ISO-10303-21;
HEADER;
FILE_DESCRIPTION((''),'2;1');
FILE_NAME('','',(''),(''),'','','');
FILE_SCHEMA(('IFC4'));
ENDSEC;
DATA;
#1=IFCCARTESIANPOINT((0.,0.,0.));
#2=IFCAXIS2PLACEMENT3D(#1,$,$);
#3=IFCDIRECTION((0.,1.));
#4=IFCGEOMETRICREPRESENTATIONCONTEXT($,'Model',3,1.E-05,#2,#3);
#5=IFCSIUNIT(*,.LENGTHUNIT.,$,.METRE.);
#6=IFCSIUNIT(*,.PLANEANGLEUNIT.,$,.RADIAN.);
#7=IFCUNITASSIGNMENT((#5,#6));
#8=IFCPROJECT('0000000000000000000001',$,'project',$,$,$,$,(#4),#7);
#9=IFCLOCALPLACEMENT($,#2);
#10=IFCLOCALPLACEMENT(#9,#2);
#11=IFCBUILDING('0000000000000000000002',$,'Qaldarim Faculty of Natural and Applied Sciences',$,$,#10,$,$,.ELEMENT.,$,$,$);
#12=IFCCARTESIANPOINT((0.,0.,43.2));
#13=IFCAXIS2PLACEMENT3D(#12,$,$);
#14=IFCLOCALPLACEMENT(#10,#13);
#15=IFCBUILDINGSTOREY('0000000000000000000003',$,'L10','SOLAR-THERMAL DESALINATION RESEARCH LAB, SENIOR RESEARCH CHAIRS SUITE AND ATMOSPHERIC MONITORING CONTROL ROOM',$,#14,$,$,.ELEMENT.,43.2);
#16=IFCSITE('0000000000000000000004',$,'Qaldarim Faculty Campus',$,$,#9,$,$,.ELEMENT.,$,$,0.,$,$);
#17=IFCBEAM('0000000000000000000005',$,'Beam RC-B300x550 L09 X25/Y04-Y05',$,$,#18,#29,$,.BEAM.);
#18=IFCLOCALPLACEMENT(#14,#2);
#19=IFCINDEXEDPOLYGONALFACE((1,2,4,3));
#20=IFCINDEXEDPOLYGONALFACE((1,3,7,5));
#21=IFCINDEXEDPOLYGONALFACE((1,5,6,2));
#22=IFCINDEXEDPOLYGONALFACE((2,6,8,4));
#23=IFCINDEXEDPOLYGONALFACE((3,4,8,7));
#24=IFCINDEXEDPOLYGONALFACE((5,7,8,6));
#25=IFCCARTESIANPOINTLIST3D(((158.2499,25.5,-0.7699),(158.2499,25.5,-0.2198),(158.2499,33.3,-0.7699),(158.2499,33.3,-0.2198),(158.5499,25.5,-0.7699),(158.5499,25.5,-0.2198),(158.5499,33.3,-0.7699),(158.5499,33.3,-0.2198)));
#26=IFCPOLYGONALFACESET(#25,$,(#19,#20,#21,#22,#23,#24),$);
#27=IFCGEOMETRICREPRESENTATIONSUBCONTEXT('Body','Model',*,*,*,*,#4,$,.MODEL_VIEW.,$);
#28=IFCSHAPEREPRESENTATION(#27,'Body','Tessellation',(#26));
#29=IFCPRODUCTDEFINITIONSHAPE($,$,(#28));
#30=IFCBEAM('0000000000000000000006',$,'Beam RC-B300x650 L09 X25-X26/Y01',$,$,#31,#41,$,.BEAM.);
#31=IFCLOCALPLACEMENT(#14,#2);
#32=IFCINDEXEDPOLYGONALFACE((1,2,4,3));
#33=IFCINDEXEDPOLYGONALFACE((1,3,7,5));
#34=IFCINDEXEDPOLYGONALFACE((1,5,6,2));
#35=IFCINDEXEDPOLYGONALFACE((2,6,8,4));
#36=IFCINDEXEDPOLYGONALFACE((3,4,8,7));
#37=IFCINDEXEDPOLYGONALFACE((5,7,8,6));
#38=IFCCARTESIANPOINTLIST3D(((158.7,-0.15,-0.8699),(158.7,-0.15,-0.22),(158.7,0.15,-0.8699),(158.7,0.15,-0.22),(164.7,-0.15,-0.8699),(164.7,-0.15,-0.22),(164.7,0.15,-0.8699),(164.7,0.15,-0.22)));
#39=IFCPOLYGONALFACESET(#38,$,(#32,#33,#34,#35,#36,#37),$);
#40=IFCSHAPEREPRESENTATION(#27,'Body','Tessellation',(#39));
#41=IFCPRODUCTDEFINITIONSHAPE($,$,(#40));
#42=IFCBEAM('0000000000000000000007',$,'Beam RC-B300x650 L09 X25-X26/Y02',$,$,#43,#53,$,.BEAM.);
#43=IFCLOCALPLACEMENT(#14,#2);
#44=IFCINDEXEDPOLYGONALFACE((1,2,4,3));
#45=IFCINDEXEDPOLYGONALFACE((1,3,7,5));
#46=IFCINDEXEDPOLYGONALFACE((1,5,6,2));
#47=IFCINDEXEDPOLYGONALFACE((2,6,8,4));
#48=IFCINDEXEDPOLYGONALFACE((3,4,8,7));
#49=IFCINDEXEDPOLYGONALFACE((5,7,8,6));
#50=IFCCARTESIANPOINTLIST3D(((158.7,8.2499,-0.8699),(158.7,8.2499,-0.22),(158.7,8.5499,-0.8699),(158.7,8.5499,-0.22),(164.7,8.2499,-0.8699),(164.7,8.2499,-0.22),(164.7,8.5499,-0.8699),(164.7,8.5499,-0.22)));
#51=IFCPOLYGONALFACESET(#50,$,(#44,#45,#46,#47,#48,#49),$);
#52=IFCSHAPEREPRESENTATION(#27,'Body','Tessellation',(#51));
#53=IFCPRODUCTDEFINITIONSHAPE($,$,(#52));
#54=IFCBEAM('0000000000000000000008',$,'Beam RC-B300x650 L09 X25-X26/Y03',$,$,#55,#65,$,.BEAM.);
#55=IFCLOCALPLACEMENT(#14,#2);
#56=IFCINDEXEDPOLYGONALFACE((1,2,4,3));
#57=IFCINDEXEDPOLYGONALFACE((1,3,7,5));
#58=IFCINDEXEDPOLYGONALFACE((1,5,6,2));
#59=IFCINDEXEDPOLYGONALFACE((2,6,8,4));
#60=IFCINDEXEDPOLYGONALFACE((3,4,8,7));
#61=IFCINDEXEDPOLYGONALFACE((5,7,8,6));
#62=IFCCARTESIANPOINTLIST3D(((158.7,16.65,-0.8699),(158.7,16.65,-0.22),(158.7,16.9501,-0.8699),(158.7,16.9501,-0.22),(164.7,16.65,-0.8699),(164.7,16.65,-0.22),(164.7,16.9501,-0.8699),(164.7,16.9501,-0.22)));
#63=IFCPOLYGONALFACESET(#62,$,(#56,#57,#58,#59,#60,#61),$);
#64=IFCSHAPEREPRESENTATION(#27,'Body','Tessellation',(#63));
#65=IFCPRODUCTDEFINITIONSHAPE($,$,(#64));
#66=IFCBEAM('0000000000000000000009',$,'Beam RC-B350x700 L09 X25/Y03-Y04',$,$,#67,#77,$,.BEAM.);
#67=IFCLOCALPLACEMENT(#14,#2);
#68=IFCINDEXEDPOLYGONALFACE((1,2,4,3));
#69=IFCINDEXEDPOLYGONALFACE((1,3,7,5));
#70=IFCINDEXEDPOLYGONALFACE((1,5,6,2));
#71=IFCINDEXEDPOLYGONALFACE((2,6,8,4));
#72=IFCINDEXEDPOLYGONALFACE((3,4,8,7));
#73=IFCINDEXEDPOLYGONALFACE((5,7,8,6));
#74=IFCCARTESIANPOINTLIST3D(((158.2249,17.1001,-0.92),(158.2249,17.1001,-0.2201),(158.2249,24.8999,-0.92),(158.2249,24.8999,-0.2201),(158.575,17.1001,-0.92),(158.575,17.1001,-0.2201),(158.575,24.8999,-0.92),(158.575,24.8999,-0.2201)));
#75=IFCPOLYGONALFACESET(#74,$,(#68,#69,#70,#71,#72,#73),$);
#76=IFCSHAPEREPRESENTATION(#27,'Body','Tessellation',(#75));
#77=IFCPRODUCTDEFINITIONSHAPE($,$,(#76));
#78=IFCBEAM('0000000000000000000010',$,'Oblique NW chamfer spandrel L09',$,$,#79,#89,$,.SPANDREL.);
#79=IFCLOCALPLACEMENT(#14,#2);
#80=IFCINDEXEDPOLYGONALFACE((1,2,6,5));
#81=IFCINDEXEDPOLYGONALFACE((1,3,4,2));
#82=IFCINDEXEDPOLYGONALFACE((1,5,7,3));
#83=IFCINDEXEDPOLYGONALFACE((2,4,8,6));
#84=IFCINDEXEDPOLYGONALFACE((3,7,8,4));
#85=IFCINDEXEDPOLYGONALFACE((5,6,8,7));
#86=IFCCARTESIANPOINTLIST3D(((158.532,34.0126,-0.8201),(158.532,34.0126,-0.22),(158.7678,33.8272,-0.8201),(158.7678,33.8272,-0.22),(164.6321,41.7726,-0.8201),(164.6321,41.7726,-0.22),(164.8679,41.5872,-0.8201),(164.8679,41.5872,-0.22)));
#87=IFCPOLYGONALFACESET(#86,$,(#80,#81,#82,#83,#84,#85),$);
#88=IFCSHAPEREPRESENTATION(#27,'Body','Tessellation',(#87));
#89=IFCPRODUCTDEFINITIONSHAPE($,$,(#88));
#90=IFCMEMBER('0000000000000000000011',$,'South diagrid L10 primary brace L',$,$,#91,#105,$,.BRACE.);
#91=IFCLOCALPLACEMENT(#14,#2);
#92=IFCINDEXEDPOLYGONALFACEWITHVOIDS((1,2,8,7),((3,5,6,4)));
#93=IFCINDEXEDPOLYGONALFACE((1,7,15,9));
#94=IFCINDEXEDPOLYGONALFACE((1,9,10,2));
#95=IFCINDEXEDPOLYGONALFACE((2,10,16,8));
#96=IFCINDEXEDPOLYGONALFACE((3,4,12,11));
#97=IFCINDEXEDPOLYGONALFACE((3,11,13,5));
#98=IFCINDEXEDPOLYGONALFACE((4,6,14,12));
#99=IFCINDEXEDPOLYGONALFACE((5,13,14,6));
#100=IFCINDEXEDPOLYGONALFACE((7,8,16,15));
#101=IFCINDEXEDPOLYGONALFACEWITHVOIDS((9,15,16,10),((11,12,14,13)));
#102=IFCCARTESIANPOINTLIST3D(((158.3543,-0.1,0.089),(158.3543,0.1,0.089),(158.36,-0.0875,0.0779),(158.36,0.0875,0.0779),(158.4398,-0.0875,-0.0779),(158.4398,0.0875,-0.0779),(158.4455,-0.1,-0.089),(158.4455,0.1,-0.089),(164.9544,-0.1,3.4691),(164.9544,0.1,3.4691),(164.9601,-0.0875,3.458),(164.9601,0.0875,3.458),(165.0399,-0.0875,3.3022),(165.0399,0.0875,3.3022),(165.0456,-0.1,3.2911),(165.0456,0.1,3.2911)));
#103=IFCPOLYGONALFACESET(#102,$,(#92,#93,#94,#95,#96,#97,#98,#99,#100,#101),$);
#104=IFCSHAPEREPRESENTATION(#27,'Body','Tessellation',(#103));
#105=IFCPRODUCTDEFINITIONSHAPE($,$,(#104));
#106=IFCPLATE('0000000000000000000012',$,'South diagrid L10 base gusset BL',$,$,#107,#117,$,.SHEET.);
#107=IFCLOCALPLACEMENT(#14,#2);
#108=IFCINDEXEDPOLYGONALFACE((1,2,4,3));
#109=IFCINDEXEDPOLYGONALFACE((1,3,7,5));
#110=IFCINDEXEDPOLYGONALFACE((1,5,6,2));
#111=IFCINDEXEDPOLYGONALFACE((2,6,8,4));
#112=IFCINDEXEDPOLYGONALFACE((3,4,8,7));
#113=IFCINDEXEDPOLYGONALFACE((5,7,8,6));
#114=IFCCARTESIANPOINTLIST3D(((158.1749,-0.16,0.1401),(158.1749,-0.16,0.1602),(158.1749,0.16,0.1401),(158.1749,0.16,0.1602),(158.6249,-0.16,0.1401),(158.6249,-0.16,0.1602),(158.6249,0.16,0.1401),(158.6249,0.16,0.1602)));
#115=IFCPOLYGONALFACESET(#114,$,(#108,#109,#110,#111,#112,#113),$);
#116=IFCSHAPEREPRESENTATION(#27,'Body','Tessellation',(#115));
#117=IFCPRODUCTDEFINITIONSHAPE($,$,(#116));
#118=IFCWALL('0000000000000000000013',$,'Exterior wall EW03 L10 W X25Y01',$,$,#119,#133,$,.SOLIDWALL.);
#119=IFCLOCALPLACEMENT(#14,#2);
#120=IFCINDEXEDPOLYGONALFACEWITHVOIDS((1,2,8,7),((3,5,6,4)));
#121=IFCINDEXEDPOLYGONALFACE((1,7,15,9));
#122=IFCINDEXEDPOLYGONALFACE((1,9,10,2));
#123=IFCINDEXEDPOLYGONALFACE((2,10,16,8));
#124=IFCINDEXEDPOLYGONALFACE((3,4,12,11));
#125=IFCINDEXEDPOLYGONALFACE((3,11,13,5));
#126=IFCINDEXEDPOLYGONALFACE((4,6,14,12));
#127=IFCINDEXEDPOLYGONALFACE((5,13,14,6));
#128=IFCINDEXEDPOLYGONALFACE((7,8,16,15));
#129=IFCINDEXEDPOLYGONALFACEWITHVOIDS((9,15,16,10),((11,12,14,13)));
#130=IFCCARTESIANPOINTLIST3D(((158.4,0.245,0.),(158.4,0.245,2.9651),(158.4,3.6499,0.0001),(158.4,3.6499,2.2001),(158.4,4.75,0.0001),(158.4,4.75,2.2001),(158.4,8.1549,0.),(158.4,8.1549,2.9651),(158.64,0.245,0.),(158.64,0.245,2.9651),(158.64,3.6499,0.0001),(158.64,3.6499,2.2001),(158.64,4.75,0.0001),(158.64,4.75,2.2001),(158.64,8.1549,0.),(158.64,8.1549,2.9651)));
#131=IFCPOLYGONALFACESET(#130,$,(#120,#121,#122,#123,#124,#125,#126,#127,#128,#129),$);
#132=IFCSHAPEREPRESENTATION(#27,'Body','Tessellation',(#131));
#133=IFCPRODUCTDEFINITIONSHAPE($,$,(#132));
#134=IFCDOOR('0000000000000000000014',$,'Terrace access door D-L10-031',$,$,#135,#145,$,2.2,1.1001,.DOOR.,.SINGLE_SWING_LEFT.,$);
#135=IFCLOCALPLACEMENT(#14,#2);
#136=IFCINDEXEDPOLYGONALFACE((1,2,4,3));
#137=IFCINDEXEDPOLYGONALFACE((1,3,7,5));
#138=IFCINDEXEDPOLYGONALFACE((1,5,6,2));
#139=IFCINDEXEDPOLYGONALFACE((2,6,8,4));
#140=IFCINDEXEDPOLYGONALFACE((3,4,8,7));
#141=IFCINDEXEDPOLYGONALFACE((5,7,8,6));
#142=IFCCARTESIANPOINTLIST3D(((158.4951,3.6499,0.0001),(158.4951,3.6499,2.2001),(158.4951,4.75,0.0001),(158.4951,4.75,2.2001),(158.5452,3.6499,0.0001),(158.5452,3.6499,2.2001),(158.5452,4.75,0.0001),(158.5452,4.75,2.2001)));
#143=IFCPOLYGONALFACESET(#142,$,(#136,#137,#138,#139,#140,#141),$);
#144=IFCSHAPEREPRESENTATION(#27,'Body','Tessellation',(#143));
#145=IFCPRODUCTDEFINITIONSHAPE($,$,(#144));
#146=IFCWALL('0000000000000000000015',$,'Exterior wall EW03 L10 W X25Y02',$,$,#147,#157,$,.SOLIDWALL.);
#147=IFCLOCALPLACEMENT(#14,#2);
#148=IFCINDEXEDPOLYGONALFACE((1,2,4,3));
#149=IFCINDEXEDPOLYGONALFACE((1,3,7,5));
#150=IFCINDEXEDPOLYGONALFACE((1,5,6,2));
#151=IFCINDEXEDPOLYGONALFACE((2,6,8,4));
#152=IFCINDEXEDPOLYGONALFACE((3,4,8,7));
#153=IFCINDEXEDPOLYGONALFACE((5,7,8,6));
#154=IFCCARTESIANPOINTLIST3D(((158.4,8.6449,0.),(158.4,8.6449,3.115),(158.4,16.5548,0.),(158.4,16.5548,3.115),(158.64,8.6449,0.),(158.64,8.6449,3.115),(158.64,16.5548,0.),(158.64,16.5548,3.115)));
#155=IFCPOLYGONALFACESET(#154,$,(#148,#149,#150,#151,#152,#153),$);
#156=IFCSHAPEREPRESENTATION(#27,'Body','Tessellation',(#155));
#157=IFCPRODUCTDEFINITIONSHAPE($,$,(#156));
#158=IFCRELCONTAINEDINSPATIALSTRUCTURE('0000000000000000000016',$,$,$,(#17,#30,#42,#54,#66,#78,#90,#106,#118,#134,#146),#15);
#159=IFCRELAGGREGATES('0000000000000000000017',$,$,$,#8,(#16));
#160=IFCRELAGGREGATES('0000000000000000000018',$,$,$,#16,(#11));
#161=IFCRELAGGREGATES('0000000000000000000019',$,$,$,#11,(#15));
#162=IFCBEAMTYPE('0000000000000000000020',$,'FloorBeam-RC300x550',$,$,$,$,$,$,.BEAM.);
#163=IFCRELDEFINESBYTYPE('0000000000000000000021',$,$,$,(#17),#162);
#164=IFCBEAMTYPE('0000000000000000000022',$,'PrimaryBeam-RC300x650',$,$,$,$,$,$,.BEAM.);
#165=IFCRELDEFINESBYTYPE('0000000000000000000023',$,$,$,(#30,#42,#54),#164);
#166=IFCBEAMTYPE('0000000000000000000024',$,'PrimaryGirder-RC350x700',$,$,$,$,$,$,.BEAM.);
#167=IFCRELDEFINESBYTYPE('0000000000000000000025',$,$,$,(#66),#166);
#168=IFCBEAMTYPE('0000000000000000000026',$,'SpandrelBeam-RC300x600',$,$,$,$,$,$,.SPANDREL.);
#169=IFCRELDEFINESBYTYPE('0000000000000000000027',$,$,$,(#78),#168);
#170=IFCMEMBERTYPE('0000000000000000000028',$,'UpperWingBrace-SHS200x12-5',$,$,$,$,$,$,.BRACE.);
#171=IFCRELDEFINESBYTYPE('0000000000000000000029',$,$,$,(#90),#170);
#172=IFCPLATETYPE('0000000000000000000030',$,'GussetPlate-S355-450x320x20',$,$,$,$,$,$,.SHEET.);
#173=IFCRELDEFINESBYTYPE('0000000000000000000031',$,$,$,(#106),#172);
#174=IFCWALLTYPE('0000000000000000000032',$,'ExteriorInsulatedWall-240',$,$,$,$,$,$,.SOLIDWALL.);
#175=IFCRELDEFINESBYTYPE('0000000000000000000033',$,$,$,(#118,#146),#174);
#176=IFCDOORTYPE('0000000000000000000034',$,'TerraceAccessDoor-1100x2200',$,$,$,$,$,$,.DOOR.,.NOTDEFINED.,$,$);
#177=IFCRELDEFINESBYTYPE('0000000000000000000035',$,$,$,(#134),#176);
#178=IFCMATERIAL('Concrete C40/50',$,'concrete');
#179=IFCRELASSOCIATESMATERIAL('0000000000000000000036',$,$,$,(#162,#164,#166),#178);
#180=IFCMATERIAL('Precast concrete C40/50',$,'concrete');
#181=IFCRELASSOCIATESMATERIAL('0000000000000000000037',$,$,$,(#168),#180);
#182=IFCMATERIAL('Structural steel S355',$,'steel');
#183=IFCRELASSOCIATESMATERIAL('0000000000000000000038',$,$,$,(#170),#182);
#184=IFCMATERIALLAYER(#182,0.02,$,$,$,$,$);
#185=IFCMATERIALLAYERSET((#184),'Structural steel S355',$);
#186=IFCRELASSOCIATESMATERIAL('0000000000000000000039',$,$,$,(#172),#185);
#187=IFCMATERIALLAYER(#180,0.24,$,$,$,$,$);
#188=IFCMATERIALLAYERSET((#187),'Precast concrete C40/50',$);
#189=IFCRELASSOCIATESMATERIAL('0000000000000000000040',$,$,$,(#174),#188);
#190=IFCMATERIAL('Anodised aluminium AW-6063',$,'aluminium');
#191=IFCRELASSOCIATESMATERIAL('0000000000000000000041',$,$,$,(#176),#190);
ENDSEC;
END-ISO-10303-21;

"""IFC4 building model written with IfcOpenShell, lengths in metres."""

from ifc_helpers import new_model, si_unit, direction, frame, frame_2d, origin, origin_2d, place, context, subcontext, project, spatial, rectangle, hollow_rectangle, extrude, material, layer, layer_set, material_profile, profile_set, type_object, element, fill, save


model = new_model("IFC4")

# Units and contexts
model_context = context("Model", 3, precision=1e-05, world=origin(), true_north=direction((0.0, 1.0)))
body_context = subcontext(model_context, "Body", "Model", "MODEL_VIEW")
ifc_project = project(units=[si_unit("LENGTHUNIT", "METRE"), si_unit("PLANEANGLEUNIT", "RADIAN")], contexts=[model_context])

# Site, building, storey
site_placement = place(None, origin())
site = spatial("IfcSite", under=ifc_project, at=site_placement, Name="Qaldarim Faculty Campus", CompositionType="ELEMENT", RefElevation=0.0)
building_placement = place(site_placement, origin())
building = spatial("IfcBuilding", under=site, at=building_placement, Name="Qaldarim Faculty of Natural and Applied Sciences", CompositionType="ELEMENT")
storey_placement = place(building_placement, frame((0.0, 0.0, 43.2)))
storey = spatial("IfcBuildingStorey", under=building, at=storey_placement, Name="L10", Description="SOLAR-THERMAL DESALINATION RESEARCH LAB, SENIOR RESEARCH CHAIRS SUITE AND ATMOSPHERIC MONITORING CONTROL ROOM", CompositionType="ELEMENT", Elevation=43.2)

# Beams
ifc_material_1 = material(Name="Concrete C40/50", Category="concrete")
ifc_material_profile_1 = material_profile(ifc_material_1, rectangle(XDim=0.3, YDim=0.55, at=origin_2d()), Name="RC-B300x550")
ifc_profile_set_1 = profile_set([ifc_material_profile_1], Name="Concrete C40/50")
beam_type_1 = type_object("IfcBeamType", Name="FloorBeam-RC300x550", PredefinedType="BEAM", material=ifc_profile_set_1)
beam_1_placement = place(storey_placement, frame((158.3999, 25.5, -0.4949), z_axis=(0.0, 1.0, 0.0), x_axis=(-1.0, 0.0, 0.0)))
element("IfcBeam", 1, at=beam_1_placement, inside=storey, type_object=beam_type_1, Name="Beam RC-B300x550 L09 X25/Y04-Y05", PredefinedType="BEAM", context=body_context, shape_type="SweptSolid", body=[
    extrude(rectangle(XDim=0.3, YDim=0.55, at=origin_2d()), origin(), (0.0, 0.0, 1.0), 7.8),
])
ifc_material_profile_2 = material_profile(ifc_material_1, rectangle(XDim=0.3, YDim=0.6499, at=origin_2d()), Name="RC-B300x650")
ifc_profile_set_2 = profile_set([ifc_material_profile_2], Name="Concrete C40/50")
beam_type_2 = type_object("IfcBeamType", Name="PrimaryBeam-RC300x650", PredefinedType="BEAM", material=ifc_profile_set_2)
for number, where, z_axis, x_axis, name in (
    (2, (158.7, 0.0, -0.5449), (1.0, 0.0, 0.0), (0.0, 1.0, 0.0), "Beam RC-B300x650 L09 X25-X26/Y01"),
    (3, (158.7, 8.3999, -0.5449), (1.0, 0.0, 0.0), (0.0, 1.0, 0.0), "Beam RC-B300x650 L09 X25-X26/Y02"),
    (4, (158.7, 16.8, -0.5449), (1.0, 0.0, 0.0), (0.0, 1.0, 0.0), "Beam RC-B300x650 L09 X25-X26/Y03"),
):
    element("IfcBeam", number, at=place(storey_placement, frame(where, z_axis=z_axis, x_axis=x_axis)), inside=storey, type_object=beam_type_2, Name=name, PredefinedType="BEAM", context=body_context, shape_type="SweptSolid", body=[
        extrude(rectangle(XDim=0.3, YDim=0.6499, at=origin_2d()), origin(), (0.0, 0.0, 1.0), 6.0),
    ])
ifc_material_profile_3 = material_profile(ifc_material_1, rectangle(XDim=0.3501, YDim=0.7, at=origin_2d()), Name="RC-B350x700")
ifc_profile_set_3 = profile_set([ifc_material_profile_3], Name="Concrete C40/50")
beam_type_3 = type_object("IfcBeamType", Name="PrimaryGirder-RC350x700", PredefinedType="BEAM", material=ifc_profile_set_3)
beam_2_placement = place(storey_placement, frame((158.3999, 17.1001, -0.5701), z_axis=(0.0, 1.0, 0.0), x_axis=(-1.0, 0.0, 0.0)))
element("IfcBeam", 5, at=beam_2_placement, inside=storey, type_object=beam_type_3, Name="Beam RC-B350x700 L09 X25/Y03-Y04", PredefinedType="BEAM", context=body_context, shape_type="SweptSolid", body=[
    extrude(rectangle(XDim=0.3501, YDim=0.7, at=origin_2d()), origin(), (0.0, 0.0, 1.0), 7.7998),
])
ifc_material_2 = material(Name="Precast concrete C40/50", Category="concrete")
ifc_material_profile_4 = material_profile(ifc_material_2, rectangle(XDim=0.3, YDim=0.6001, at=origin_2d()), Name="RC-SP300x600")
ifc_profile_set_4 = profile_set([ifc_material_profile_4], Name="Precast concrete C40/50")
beam_type_4 = type_object("IfcBeamType", Name="SpandrelBeam-RC300x600", PredefinedType="SPANDREL", material=ifc_profile_set_4)
beam_3_placement = place(storey_placement, frame((158.6499, 33.9199, -0.52), z_axis=(0.618006, 0.786173, 0.0), x_axis=(-0.786173, 0.618006, 0.0)))
element("IfcBeam", 6, at=beam_3_placement, inside=storey, type_object=beam_type_4, Name="Oblique NW chamfer spandrel L09", PredefinedType="SPANDREL", context=body_context, shape_type="SweptSolid", body=[
    extrude(rectangle(XDim=0.3, YDim=0.6001, at=origin_2d()), origin(), (0.0, 0.0, 1.0), 9.8706),
])

# Member
ifc_material_3 = material(Name="Structural steel S355", Category="steel")
ifc_material_profile_5 = material_profile(ifc_material_3, hollow_rectangle(XDim=0.2, YDim=0.2, WallThickness=0.0125, at=origin_2d()), Name="SHS 200x200x12.5")
ifc_profile_set_5 = profile_set([ifc_material_profile_5], Name="Structural steel S355")
member_type = type_object("IfcMemberType", Name="UpperWingBrace-SHS200x12-5", PredefinedType="BRACE", material=ifc_profile_set_5)
member_placement = place(storey_placement, frame((158.3999, 0.0, 0.0), z_axis=(0.890066, 0.0, 0.455832), x_axis=(0.0, 1.0, 0.0)))
element("IfcMember", 7, at=member_placement, inside=storey, type_object=member_type, Name="South diagrid L10 primary brace L", PredefinedType="BRACE", context=body_context, shape_type="SweptSolid", body=[
    extrude(hollow_rectangle(XDim=0.2, YDim=0.2, WallThickness=0.0125, at=origin_2d()), origin(), (0.0, 0.0, 1.0), 7.4153),
])

# Plate
ifc_layer_1 = layer(ifc_material_3, 0.02)
ifc_layer_set_1 = layer_set([ifc_layer_1], Name="Structural steel S355")
plate_type = type_object("IfcPlateType", Name="GussetPlate-S355-450x320x20", PredefinedType="SHEET", material=ifc_layer_set_1)
plate_placement = place(storey_placement, frame((158.3999, 0.0, 0.1401), z_axis=(0.0, 0.0, 1.0), x_axis=(1.0, 0.0, 0.0)))
element("IfcPlate", 8, at=plate_placement, inside=storey, type_object=plate_type, Name="South diagrid L10 base gusset BL", PredefinedType="SHEET", context=body_context, shape_type="SweptSolid", body=[
    extrude(rectangle(XDim=0.45, YDim=0.3201, at=origin_2d()), origin(), (0.0, 0.0, 1.0), 0.02),
])

# Wall, opening, door
ifc_layer_2 = layer(ifc_material_2, 0.24)
ifc_layer_set_2 = layer_set([ifc_layer_2], Name="Precast concrete C40/50")
wall_type_1 = type_object("IfcWallType", Name="ExteriorInsulatedWall-240", PredefinedType="SOLIDWALL", material=ifc_layer_set_2)
wall_1_placement = place(storey_placement, frame((158.52, 8.155, 0.0), z_axis=(0.0, 0.0, 1.0), x_axis=(0.0, -1.0, 0.0)))
wall_1 = element("IfcWall", 9, at=wall_1_placement, inside=storey, type_object=wall_type_1, Name="Exterior wall EW03 L10 W X25Y01", PredefinedType="SOLIDWALL", context=body_context, shape_type="SweptSolid", body=[
    extrude(rectangle(XDim=7.9099, YDim=0.24, at=frame_2d((3.9551, 0.0))), origin(), (0.0, 0.0, 1.0), 2.9651),
])
opening_1_placement = place(wall_1_placement, frame((3.405, 0.0, 0.0)))
opening_1 = element("IfcOpeningElement", 10, at=opening_1_placement, cuts=wall_1, PredefinedType="OPENING", context=body_context, shape_type="SweptSolid", body=[
    extrude(rectangle(XDim=1.1001, YDim=2.2, at=frame_2d((0.55, 1.1001))), frame((0.0, 0.1299, 0.0), z_axis=(0.0, -1.0, 0.0), x_axis=(1.0, 0.0, 0.0)), (0.0, 0.0, 1.0), 0.26),
])
ifc_material_4 = material(Name="Anodised aluminium AW-6063", Category="aluminium")
door_type_1 = type_object("IfcDoorType", Name="TerraceAccessDoor-1100x2200", OperationType="NOTDEFINED", PredefinedType="DOOR", material=ifc_material_4)
door_1_placement = place(opening_1_placement, frame((1.1001, 0.0, 0.0), z_axis=(0.0, 0.0, 1.0), x_axis=(-1.0, 0.0, 0.0)))
door_1 = element("IfcDoor", 11, at=door_1_placement, inside=storey, type_object=door_type_1, Name="Terrace access door D-L10-031", OperationType="SINGLE_SWING_LEFT", OverallHeight=2.2, OverallWidth=1.1001, PredefinedType="DOOR", context=body_context, shape_type="SweptSolid", body=[
    extrude(rectangle(XDim=1.1001, YDim=2.2, at=frame_2d((0.55, 1.1001))), frame((0.0, 0.0249, 0.0), z_axis=(0.0, -1.0, 0.0), x_axis=(1.0, 0.0, 0.0)), (0.0, 0.0, 1.0), 0.05),
])
fill(opening_1, door_1)

# Wall
wall_2_placement = place(storey_placement, frame((158.52, 16.5549, 0.0), z_axis=(0.0, 0.0, 1.0), x_axis=(0.0, -1.0, 0.0)))
element("IfcWall", 12, at=wall_2_placement, inside=storey, type_object=wall_type_1, Name="Exterior wall EW03 L10 W X25Y02", PredefinedType="SOLIDWALL", context=body_context, shape_type="SweptSolid", body=[
    extrude(rectangle(XDim=7.9099, YDim=0.24, at=frame_2d((3.9551, 0.0))), origin(), (0.0, 0.0, 1.0), 3.115),
])

save(model, "model.ifc")
